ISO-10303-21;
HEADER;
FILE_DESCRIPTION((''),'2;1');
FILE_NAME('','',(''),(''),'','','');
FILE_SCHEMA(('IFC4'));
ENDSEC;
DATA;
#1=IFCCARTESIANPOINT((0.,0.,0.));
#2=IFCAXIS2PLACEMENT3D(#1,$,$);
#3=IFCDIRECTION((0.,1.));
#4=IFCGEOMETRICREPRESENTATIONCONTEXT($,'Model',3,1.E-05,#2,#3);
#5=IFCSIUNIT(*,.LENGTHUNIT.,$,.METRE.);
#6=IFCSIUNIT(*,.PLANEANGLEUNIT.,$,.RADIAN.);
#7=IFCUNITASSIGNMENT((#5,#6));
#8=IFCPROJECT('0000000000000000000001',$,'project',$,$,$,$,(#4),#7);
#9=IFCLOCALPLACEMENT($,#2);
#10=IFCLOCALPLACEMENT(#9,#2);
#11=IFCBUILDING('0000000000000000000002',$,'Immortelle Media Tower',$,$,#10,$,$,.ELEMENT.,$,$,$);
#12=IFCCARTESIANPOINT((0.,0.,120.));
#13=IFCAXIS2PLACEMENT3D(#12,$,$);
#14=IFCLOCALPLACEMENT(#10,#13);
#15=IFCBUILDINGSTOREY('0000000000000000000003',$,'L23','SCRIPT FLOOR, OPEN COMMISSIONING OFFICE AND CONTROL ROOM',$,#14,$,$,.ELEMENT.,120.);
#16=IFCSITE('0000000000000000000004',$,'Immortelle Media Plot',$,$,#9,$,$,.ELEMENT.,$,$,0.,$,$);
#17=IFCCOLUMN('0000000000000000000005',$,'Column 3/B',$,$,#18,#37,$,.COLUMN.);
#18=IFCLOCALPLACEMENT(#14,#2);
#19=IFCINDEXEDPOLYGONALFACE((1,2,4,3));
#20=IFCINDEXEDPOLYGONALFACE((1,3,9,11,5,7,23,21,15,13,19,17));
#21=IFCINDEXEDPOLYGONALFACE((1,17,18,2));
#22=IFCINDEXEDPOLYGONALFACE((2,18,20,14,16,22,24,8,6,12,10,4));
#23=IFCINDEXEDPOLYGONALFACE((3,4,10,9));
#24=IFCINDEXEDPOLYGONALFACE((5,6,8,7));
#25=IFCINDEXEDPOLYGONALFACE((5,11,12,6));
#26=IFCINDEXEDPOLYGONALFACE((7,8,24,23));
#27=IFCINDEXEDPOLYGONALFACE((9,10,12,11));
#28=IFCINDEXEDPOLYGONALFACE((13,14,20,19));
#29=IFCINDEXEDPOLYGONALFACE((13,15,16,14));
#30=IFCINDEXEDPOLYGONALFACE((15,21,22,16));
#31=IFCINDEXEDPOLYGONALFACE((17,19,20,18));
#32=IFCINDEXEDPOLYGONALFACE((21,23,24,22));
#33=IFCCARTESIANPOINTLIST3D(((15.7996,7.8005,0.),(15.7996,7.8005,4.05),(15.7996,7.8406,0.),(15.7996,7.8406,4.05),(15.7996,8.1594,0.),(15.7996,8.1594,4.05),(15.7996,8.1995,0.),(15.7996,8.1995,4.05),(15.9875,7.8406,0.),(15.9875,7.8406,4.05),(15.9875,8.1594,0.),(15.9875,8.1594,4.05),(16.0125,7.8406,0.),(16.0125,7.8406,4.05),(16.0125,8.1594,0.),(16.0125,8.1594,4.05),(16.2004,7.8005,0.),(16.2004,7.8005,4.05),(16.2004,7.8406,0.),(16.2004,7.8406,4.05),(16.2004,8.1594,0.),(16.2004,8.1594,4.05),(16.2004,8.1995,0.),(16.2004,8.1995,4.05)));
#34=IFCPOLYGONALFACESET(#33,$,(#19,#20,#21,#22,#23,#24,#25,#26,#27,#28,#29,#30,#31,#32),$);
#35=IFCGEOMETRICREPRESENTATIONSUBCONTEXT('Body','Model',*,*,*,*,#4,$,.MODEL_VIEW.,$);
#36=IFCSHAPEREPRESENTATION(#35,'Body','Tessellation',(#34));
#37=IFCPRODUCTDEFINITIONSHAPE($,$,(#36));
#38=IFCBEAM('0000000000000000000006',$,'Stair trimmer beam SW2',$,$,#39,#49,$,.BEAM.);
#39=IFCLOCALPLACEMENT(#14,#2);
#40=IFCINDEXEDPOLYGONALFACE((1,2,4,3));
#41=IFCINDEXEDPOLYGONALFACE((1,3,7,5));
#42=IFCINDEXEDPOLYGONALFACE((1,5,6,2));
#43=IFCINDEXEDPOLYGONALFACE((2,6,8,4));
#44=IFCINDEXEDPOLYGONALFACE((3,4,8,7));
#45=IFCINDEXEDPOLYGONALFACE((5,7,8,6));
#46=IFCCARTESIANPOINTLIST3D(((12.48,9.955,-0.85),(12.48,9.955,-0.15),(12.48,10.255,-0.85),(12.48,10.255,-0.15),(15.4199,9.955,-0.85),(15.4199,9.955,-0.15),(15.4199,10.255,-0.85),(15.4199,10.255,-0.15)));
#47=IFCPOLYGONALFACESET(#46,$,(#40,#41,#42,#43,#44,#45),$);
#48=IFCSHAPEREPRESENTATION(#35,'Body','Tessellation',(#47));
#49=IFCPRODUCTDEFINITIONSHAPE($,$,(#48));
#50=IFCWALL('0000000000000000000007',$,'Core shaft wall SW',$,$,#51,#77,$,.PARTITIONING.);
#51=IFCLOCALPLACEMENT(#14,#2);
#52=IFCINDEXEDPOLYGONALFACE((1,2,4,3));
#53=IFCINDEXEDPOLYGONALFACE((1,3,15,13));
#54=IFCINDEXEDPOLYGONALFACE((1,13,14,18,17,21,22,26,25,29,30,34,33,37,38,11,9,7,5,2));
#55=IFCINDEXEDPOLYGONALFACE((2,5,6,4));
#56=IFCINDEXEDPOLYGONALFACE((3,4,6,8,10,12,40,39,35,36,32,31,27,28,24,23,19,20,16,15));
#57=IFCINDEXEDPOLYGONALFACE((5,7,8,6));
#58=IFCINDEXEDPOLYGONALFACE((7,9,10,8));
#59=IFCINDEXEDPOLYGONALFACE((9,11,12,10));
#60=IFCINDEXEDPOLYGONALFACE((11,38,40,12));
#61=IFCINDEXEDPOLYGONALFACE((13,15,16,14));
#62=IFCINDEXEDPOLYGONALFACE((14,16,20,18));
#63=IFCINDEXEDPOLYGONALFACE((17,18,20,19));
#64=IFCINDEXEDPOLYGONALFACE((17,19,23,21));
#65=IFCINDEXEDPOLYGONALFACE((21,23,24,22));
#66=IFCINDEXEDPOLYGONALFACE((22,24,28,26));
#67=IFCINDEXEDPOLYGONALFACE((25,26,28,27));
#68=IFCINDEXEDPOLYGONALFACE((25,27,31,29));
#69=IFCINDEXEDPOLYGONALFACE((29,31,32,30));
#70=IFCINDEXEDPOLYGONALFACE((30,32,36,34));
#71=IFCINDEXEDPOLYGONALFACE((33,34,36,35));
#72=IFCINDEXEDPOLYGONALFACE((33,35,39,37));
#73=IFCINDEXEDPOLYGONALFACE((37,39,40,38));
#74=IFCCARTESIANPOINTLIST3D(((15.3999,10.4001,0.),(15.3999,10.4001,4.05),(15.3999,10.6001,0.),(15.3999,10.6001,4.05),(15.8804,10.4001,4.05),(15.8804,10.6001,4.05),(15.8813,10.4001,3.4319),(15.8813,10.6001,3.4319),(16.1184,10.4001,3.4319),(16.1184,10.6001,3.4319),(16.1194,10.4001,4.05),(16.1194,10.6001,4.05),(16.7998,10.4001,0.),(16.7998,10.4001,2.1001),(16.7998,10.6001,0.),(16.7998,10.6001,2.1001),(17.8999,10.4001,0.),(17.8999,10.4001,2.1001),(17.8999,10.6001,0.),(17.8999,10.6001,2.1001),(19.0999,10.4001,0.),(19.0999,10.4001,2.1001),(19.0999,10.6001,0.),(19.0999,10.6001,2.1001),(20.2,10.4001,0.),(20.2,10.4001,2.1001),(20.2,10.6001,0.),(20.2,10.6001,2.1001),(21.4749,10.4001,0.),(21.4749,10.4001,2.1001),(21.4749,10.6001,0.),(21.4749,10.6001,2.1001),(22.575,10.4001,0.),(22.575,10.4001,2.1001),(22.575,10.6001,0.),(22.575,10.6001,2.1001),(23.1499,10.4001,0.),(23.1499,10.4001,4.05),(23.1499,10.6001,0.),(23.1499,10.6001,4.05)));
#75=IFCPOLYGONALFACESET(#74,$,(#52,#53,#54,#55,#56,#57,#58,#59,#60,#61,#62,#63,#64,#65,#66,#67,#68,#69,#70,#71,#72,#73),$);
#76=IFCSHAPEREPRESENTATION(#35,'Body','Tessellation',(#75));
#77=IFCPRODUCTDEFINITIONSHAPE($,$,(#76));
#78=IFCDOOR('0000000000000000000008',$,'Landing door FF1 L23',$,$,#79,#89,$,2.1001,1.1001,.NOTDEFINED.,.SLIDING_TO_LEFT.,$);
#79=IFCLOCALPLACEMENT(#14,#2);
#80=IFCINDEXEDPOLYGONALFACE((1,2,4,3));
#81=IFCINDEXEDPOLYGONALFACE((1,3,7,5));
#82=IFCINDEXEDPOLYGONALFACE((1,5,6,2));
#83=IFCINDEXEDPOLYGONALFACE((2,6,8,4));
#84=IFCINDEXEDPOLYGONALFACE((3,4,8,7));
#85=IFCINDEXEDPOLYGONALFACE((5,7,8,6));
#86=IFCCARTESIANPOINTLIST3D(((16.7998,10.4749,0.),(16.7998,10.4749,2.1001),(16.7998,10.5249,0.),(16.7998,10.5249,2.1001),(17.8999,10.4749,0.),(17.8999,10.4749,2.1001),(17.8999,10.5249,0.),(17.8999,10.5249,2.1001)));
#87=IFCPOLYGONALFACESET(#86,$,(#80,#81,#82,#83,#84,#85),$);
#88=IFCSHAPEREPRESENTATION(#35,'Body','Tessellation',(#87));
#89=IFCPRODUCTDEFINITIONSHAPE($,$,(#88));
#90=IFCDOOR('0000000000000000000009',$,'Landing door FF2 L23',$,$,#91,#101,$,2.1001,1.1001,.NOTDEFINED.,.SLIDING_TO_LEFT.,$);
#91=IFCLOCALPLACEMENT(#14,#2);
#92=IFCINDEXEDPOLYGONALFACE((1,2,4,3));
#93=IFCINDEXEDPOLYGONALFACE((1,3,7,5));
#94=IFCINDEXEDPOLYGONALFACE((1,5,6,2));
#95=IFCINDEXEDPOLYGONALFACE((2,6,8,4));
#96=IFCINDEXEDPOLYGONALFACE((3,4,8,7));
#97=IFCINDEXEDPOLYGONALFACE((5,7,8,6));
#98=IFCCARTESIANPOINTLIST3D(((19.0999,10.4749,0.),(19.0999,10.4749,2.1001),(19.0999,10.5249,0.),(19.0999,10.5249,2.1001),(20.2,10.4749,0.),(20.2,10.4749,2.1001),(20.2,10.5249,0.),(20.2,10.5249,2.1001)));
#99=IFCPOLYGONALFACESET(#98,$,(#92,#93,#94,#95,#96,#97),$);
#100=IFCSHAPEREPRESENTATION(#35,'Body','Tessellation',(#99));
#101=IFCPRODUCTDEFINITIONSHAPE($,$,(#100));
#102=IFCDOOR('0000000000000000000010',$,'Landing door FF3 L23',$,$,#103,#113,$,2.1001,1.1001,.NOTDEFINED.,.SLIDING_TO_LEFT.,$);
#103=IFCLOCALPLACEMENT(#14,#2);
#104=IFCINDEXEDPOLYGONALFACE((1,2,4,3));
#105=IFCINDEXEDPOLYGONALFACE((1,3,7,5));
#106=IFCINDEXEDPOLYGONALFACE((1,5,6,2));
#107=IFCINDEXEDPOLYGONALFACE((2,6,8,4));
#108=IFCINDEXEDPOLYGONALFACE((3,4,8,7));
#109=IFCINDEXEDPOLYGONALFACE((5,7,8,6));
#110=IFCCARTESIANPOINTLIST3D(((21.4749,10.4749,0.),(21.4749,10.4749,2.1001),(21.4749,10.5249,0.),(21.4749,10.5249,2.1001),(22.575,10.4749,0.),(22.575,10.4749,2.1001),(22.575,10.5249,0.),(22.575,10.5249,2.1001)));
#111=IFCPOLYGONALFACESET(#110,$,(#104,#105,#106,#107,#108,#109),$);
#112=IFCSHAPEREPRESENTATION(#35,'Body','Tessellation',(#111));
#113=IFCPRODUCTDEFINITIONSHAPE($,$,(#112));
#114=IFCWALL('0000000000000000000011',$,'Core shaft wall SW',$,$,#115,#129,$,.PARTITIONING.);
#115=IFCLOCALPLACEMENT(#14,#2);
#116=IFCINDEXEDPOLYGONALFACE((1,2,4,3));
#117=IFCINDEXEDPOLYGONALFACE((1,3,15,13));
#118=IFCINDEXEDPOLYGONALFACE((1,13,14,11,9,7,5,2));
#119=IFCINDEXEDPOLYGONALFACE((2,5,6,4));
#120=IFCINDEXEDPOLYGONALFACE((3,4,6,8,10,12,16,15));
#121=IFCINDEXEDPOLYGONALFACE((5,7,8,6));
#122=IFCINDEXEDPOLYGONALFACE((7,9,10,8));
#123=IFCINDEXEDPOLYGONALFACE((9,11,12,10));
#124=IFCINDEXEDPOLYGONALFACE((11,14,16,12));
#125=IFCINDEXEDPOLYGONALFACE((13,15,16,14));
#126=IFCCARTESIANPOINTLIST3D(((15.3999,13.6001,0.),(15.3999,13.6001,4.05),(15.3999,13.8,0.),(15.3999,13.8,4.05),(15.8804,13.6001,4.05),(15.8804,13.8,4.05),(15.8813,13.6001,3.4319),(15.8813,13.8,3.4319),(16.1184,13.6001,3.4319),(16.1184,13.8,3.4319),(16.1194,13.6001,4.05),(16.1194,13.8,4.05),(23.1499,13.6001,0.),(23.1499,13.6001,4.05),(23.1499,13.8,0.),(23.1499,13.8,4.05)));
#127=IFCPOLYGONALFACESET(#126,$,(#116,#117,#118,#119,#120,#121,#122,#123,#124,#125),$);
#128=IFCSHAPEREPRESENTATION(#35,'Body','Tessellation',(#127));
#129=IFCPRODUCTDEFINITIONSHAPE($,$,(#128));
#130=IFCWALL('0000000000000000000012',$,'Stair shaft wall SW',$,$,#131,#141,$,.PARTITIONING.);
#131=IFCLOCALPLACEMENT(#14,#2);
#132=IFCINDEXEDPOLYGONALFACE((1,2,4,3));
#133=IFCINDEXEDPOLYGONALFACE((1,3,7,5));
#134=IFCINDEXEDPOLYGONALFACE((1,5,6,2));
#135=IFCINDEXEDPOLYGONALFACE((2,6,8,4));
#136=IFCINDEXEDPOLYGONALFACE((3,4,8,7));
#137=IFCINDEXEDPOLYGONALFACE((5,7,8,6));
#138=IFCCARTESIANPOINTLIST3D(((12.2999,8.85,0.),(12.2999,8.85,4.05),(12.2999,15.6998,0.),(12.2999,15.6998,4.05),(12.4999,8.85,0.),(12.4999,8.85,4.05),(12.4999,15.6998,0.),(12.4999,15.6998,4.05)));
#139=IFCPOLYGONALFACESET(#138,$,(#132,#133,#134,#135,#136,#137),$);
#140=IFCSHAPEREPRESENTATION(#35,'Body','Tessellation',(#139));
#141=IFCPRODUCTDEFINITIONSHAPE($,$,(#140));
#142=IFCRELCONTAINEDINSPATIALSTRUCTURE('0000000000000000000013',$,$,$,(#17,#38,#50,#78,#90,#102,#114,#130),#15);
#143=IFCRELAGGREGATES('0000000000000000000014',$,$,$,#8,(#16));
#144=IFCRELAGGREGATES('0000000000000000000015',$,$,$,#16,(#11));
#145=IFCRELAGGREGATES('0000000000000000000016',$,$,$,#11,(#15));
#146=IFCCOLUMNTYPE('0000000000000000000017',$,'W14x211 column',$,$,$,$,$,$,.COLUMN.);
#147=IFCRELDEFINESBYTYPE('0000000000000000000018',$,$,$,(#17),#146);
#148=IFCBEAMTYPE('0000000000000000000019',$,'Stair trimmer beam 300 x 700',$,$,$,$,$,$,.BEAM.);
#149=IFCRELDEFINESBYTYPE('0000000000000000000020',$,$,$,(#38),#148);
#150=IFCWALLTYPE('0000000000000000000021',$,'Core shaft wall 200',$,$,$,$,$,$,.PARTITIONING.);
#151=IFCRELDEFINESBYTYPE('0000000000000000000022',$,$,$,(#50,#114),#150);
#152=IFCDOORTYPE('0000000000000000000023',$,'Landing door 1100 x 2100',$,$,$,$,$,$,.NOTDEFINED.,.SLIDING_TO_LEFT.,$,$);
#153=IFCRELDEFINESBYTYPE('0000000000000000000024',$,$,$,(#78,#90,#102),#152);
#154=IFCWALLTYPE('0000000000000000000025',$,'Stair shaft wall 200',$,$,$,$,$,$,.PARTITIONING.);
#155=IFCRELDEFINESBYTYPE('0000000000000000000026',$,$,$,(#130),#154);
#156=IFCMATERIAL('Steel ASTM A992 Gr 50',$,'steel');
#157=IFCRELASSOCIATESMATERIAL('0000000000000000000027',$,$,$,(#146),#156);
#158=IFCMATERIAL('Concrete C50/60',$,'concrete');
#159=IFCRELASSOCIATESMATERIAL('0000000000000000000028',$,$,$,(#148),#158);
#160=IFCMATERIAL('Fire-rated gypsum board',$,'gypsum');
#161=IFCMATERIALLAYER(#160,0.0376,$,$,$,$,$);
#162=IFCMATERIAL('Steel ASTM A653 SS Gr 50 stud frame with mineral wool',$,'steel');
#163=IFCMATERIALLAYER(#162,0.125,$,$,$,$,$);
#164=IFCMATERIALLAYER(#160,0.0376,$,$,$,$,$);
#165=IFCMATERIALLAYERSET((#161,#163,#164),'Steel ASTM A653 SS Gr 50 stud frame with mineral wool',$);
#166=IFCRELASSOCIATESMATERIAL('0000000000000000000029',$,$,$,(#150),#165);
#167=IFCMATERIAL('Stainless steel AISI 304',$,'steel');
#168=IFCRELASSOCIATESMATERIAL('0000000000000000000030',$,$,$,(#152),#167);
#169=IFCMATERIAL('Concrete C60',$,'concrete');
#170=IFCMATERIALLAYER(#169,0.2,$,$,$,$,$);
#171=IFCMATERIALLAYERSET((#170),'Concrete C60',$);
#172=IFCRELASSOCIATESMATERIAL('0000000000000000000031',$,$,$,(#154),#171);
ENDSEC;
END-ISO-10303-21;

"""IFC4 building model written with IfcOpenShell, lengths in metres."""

from ifc_helpers import new_model, si_unit, direction, frame, frame_2d, origin, origin_2d, place, context, subcontext, project, spatial, polyline, rectangle, i_section, outline, extrude, material, layer, layer_set, material_profile, profile_set, type_object, element, fill, save


model = new_model("IFC4")

# Units and contexts
model_context = context("Model", 3, precision=1e-05, world=origin(), true_north=direction((0.0, 1.0)))
body_context = subcontext(model_context, "Body", "Model", "MODEL_VIEW")
ifc_project = project(units=[si_unit("LENGTHUNIT", "METRE"), si_unit("PLANEANGLEUNIT", "RADIAN")], contexts=[model_context])

# Site, building, storey
site_placement = place(None, origin())
site = spatial("IfcSite", under=ifc_project, at=site_placement, Name="Immortelle Media Plot", CompositionType="ELEMENT", RefElevation=0.0)
building_placement = place(site_placement, origin())
building = spatial("IfcBuilding", under=site, at=building_placement, Name="Immortelle Media Tower", CompositionType="ELEMENT")
storey_placement = place(building_placement, frame((0.0, 0.0, 120.0)))
storey = spatial("IfcBuildingStorey", under=building, at=storey_placement, Name="L23", Description="SCRIPT FLOOR, OPEN COMMISSIONING OFFICE AND CONTROL ROOM", CompositionType="ELEMENT", Elevation=120.0)

# Column
ifc_material_1 = material(Name="Steel ASTM A992 Gr 50", Category="steel")
ifc_material_profile_1 = material_profile(ifc_material_1, i_section(OverallWidth=0.4009, OverallDepth=0.3989, WebThickness=0.0249, FlangeThickness=0.04, at=origin_2d()), Name="W14x211")
ifc_profile_set_1 = profile_set([ifc_material_profile_1], Name="Steel ASTM A992 Gr 50")
column_type = type_object("IfcColumnType", Name="W14x211 column", PredefinedType="COLUMN", material=ifc_profile_set_1)
column_placement = place(storey_placement, frame((16.0, 8.0, 0.0), z_axis=(0.0, 0.0, 1.0), x_axis=(1.0, 0.0, 0.0)))
element("IfcColumn", 1, at=column_placement, inside=storey, type_object=column_type, Name="Column 3/B", PredefinedType="COLUMN", context=body_context, shape_type="SweptSolid", body=[
    extrude(i_section(OverallWidth=0.4009, OverallDepth=0.3989, WebThickness=0.0249, FlangeThickness=0.04, at=origin_2d()), origin(), (0.0, 0.0, 1.0), 4.05),
])

# Beam
ifc_material_2 = material(Name="Concrete C50/60", Category="concrete")
ifc_material_profile_2 = material_profile(ifc_material_2, rectangle(XDim=0.3, YDim=0.7, at=origin_2d()), Name="RC 300x700")
ifc_profile_set_2 = profile_set([ifc_material_profile_2], Name="Concrete C50/60")
beam_type = type_object("IfcBeamType", Name="Stair trimmer beam 300 x 700", PredefinedType="BEAM", material=ifc_profile_set_2)
beam_placement = place(storey_placement, frame((12.48, 10.105, -0.5), z_axis=(1.0, 0.0, 0.0), x_axis=(0.0, 1.0, 0.0)))
element("IfcBeam", 2, at=beam_placement, inside=storey, type_object=beam_type, Name="Stair trimmer beam SW2", PredefinedType="BEAM", context=body_context, shape_type="SweptSolid", body=[
    extrude(rectangle(XDim=0.3, YDim=0.7, at=origin_2d()), origin(), (0.0, 0.0, 1.0), 2.9399),
])

# Wall, openings, doors
ifc_material_3 = material(Name="Fire-rated gypsum board", Category="gypsum")
ifc_layer_1 = layer(ifc_material_3, 0.0376)
ifc_material_4 = material(Name="Steel ASTM A653 SS Gr 50 stud frame with mineral wool", Category="steel")
ifc_layer_2 = layer(ifc_material_4, 0.125)
ifc_layer_3 = layer(ifc_material_3, 0.0376)
ifc_layer_set_1 = layer_set([ifc_layer_1, ifc_layer_2, ifc_layer_3], Name="Steel ASTM A653 SS Gr 50 stud frame with mineral wool")
wall_type_1 = type_object("IfcWallType", Name="Core shaft wall 200", PredefinedType="PARTITIONING", material=ifc_layer_set_1)
wall_1_placement = place(storey_placement, frame((15.3999, 10.5, 0.0), z_axis=(0.0, 0.0, 1.0), x_axis=(1.0, 0.0, 0.0)))
wall_1 = element("IfcWall", 3, at=wall_1_placement, inside=storey, type_object=wall_type_1, Name="Core shaft wall SW", PredefinedType="PARTITIONING", context=body_context, shape_type="SweptSolid", body=[
    extrude(outline(polyline([(0.0, 0.0), (7.75, 0.0), (7.75, 4.05), (0.7195, 4.05), (0.7185, 3.4319), (0.4814, 3.4319), (0.4805, 4.05), (0.0, 4.05), (0.0, 0.0)])), frame((0.0, 0.1001, 0.0), z_axis=(0.0, -1.0, 0.0), x_axis=(1.0, 0.0, 0.0)), (0.0, 0.0, 1.0), 0.2),
])
opening_1_placement = place(wall_1_placement, frame((1.3999, 0.0, 0.0)))
opening_1 = element("IfcOpeningElement", 4, at=opening_1_placement, cuts=wall_1, PredefinedType="OPENING", context=body_context, shape_type="SweptSolid", body=[
    extrude(rectangle(XDim=1.1001, YDim=2.1001, at=frame_2d((0.55, 1.05))), frame((0.0, 0.1099, 0.0), z_axis=(0.0, -1.0, 0.0), x_axis=(1.0, 0.0, 0.0)), (0.0, 0.0, 1.0), 0.22),
])
opening_2_placement = place(wall_1_placement, frame((3.7, 0.0, 0.0)))
opening_2 = element("IfcOpeningElement", 5, at=opening_2_placement, cuts=wall_1, PredefinedType="OPENING", context=body_context, shape_type="SweptSolid", body=[
    extrude(rectangle(XDim=1.1001, YDim=2.1001, at=frame_2d((0.55, 1.05))), frame((0.0, 0.1099, 0.0), z_axis=(0.0, -1.0, 0.0), x_axis=(1.0, 0.0, 0.0)), (0.0, 0.0, 1.0), 0.22),
])
opening_3_placement = place(wall_1_placement, frame((6.075, 0.0, 0.0)))
opening_3 = element("IfcOpeningElement", 6, at=opening_3_placement, cuts=wall_1, PredefinedType="OPENING", context=body_context, shape_type="SweptSolid", body=[
    extrude(rectangle(XDim=1.1001, YDim=2.1001, at=frame_2d((0.55, 1.05))), frame((0.0, 0.1099, 0.0), z_axis=(0.0, -1.0, 0.0), x_axis=(1.0, 0.0, 0.0)), (0.0, 0.0, 1.0), 0.22),
])
ifc_material_5 = material(Name="Stainless steel AISI 304", Category="steel")
door_type_1 = type_object("IfcDoorType", Name="Landing door 1100 x 2100", OperationType="SLIDING_TO_LEFT", PredefinedType="NOTDEFINED", material=ifc_material_5)
door_1_placement = place(opening_1_placement, origin())
door_1 = element("IfcDoor", 7, at=door_1_placement, inside=storey, type_object=door_type_1, Name="Landing door FF1 L23", OperationType="SLIDING_TO_LEFT", OverallHeight=2.1001, OverallWidth=1.1001, PredefinedType="NOTDEFINED", context=body_context, shape_type="SweptSolid", body=[
    extrude(rectangle(XDim=1.1001, YDim=2.1001, at=frame_2d((0.55, 1.05))), frame((0.0, 0.0249, 0.0), z_axis=(0.0, -1.0, 0.0), x_axis=(1.0, 0.0, 0.0)), (0.0, 0.0, 1.0), 0.05),
])
fill(opening_1, door_1)
door_2_placement = place(opening_2_placement, origin())
door_2 = element("IfcDoor", 8, at=door_2_placement, inside=storey, type_object=door_type_1, Name="Landing door FF2 L23", OperationType="SLIDING_TO_LEFT", OverallHeight=2.1001, OverallWidth=1.1001, PredefinedType="NOTDEFINED", context=body_context, shape_type="SweptSolid", body=[
    extrude(rectangle(XDim=1.1001, YDim=2.1001, at=frame_2d((0.55, 1.05))), frame((0.0, 0.0249, 0.0), z_axis=(0.0, -1.0, 0.0), x_axis=(1.0, 0.0, 0.0)), (0.0, 0.0, 1.0), 0.05),
])
fill(opening_2, door_2)
door_3_placement = place(opening_3_placement, origin())
door_3 = element("IfcDoor", 9, at=door_3_placement, inside=storey, type_object=door_type_1, Name="Landing door FF3 L23", OperationType="SLIDING_TO_LEFT", OverallHeight=2.1001, OverallWidth=1.1001, PredefinedType="NOTDEFINED", context=body_context, shape_type="SweptSolid", body=[
    extrude(rectangle(XDim=1.1001, YDim=2.1001, at=frame_2d((0.55, 1.05))), frame((0.0, 0.0249, 0.0), z_axis=(0.0, -1.0, 0.0), x_axis=(1.0, 0.0, 0.0)), (0.0, 0.0, 1.0), 0.05),
])
fill(opening_3, door_3)

# Walls
wall_2_placement = place(storey_placement, frame((15.3999, 13.7, 0.0), z_axis=(0.0, 0.0, 1.0), x_axis=(1.0, 0.0, 0.0)))
element("IfcWall", 10, at=wall_2_placement, inside=storey, type_object=wall_type_1, Name="Core shaft wall SW", PredefinedType="PARTITIONING", context=body_context, shape_type="SweptSolid", body=[
    extrude(outline(polyline([(0.0, 0.0), (7.75, 0.0), (7.75, 4.05), (0.7195, 4.05), (0.7185, 3.4319), (0.4814, 3.4319), (0.4805, 4.05), (0.0, 4.05), (0.0, 0.0)])), frame((0.0, 0.1001, 0.0), z_axis=(0.0, -1.0, 0.0), x_axis=(1.0, 0.0, 0.0)), (0.0, 0.0, 1.0), 0.2),
])
ifc_material_6 = material(Name="Concrete C60", Category="concrete")
ifc_layer_4 = layer(ifc_material_6, 0.2)
ifc_layer_set_2 = layer_set([ifc_layer_4], Name="Concrete C60")
wall_type_2 = type_object("IfcWallType", Name="Stair shaft wall 200", PredefinedType="PARTITIONING", material=ifc_layer_set_2)
wall_3_placement = place(storey_placement, frame((12.3999, 8.8501, 0.0), z_axis=(0.0, 0.0, 1.0), x_axis=(0.0, 1.0, 0.0)))
element("IfcWall", 11, at=wall_3_placement, inside=storey, type_object=wall_type_2, Name="Stair shaft wall SW", PredefinedType="PARTITIONING", context=body_context, shape_type="SweptSolid", body=[
    extrude(rectangle(XDim=6.8499, YDim=0.2, at=frame_2d((3.4248, 0.0))), origin(), (0.0, 0.0, 1.0), 4.05),
])

save(model, "model.ifc")
